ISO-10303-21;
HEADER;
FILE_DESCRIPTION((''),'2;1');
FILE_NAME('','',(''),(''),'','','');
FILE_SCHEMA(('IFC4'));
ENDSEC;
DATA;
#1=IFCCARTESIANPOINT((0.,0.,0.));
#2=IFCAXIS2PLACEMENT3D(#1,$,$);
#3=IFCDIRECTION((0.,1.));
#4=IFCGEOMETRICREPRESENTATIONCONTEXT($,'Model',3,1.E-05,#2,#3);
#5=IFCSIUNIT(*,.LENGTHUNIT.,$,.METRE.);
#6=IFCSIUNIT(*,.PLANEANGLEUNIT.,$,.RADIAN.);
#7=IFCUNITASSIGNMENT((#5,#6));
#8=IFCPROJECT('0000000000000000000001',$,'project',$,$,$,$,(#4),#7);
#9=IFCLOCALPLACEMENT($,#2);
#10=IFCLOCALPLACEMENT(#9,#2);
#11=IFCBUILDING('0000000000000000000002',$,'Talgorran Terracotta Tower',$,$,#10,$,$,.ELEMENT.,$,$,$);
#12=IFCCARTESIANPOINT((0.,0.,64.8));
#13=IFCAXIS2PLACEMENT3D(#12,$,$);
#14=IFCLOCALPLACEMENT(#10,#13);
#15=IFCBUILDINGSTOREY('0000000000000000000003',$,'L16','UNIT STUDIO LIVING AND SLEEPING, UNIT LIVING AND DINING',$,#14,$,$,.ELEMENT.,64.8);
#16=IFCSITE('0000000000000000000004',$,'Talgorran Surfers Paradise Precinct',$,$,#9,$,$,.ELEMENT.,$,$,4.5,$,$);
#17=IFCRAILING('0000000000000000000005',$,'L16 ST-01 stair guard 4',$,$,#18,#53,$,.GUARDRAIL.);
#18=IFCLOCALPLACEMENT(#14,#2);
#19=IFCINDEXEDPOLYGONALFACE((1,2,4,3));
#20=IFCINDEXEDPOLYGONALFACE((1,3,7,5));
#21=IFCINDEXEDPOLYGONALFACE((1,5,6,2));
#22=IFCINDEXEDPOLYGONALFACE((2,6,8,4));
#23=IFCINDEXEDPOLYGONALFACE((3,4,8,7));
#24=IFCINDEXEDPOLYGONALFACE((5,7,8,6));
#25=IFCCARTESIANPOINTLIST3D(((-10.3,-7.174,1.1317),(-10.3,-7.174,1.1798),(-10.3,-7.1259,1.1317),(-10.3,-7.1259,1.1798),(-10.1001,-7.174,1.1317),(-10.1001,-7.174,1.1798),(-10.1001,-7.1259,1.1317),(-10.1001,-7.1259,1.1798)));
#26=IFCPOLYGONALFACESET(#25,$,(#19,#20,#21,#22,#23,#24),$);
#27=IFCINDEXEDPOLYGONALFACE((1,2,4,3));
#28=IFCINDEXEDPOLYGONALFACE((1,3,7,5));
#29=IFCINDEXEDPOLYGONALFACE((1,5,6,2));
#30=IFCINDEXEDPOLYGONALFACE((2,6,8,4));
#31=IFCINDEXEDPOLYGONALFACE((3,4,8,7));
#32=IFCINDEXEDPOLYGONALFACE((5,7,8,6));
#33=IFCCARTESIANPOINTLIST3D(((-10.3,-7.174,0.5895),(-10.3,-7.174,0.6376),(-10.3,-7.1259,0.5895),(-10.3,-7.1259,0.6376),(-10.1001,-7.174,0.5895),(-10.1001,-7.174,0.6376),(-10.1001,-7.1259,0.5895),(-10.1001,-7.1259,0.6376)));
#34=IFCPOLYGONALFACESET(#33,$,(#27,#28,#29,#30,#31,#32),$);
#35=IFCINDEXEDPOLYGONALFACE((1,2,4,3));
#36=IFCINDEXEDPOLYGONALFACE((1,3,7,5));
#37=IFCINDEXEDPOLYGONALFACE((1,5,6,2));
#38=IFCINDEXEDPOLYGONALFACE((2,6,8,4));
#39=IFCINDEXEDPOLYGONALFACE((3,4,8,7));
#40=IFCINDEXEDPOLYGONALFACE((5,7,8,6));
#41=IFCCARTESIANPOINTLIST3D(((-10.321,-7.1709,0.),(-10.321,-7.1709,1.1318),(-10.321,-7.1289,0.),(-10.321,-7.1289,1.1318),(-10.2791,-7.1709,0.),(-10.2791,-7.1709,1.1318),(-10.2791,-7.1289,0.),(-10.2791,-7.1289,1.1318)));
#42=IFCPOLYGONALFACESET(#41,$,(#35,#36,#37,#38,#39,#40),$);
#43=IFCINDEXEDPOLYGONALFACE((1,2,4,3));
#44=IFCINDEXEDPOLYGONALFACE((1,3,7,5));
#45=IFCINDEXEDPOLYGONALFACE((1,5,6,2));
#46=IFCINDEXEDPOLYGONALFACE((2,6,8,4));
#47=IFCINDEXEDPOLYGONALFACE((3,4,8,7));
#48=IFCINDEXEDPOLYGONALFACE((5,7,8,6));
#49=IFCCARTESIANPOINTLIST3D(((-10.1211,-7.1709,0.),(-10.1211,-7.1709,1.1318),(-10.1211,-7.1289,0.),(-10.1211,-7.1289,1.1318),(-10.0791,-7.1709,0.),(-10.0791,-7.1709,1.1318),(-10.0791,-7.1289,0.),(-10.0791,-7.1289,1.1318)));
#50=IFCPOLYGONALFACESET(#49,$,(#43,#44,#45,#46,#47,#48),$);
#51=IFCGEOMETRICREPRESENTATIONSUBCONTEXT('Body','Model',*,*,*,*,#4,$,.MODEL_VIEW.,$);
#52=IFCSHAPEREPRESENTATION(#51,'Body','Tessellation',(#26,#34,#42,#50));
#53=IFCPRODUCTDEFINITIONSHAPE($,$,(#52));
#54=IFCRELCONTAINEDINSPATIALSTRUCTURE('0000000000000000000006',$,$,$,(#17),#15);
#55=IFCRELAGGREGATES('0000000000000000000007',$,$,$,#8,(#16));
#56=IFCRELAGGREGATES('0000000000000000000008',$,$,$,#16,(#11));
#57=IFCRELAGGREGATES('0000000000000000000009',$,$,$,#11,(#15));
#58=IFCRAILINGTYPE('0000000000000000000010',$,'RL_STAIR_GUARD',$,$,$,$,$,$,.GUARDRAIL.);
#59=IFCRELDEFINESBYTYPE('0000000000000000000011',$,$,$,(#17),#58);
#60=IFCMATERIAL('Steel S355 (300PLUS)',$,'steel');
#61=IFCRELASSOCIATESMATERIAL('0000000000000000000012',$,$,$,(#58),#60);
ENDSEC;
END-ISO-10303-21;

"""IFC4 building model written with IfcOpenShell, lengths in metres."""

from ifc_helpers import new_model, si_unit, direction, frame, origin, origin_2d, place, context, subcontext, project, spatial, rectangle, extrude, material, type_object, element, save


model = new_model("IFC4")

# Units and contexts
model_context = context("Model", 3, precision=1e-05, world=origin(), true_north=direction((0.0, 1.0)))
body_context = subcontext(model_context, "Body", "Model", "MODEL_VIEW")
ifc_project = project(units=[si_unit("LENGTHUNIT", "METRE"), si_unit("PLANEANGLEUNIT", "RADIAN")], contexts=[model_context])

# Site, building, storey
site_placement = place(None, origin())
site = spatial("IfcSite", under=ifc_project, at=site_placement, Name="Talgorran Surfers Paradise Precinct", CompositionType="ELEMENT", RefElevation=4.5)
building_placement = place(site_placement, origin())
building = spatial("IfcBuilding", under=site, at=building_placement, Name="Talgorran Terracotta Tower", CompositionType="ELEMENT")
storey_placement = place(building_placement, frame((0.0, 0.0, 64.8)))
storey = spatial("IfcBuildingStorey", under=building, at=storey_placement, Name="L16", Description="UNIT STUDIO LIVING AND SLEEPING, UNIT LIVING AND DINING", CompositionType="ELEMENT", Elevation=64.8)

# Railing
ifc_material_1 = material(Name="Steel S355 (300PLUS)", Category="steel")
railing_type_1 = type_object("IfcRailingType", Name="RL_STAIR_GUARD", PredefinedType="GUARDRAIL", material=ifc_material_1)
railing_1_placement = place(storey_placement, frame((-10.3, -7.1499, 0.0)))
element("IfcRailing", 1, at=railing_1_placement, inside=storey, type_object=railing_type_1, Name="L16 ST-01 stair guard 4", PredefinedType="GUARDRAIL", context=body_context, shape_type="SweptSolid", body=[
    extrude(rectangle(XDim=0.0481, YDim=0.0481, at=origin_2d()), frame((0.0, 0.0, 1.1558), z_axis=(1.0, 0.0, 0.0), x_axis=(0.0, 1.0, 0.0)), (0.0, 0.0, 1.0), 0.2),
    extrude(rectangle(XDim=0.0481, YDim=0.0481, at=origin_2d()), frame((0.0, 0.0, 0.6135), z_axis=(1.0, 0.0, 0.0), x_axis=(0.0, 1.0, 0.0)), (0.0, 0.0, 1.0), 0.2),
    extrude(rectangle(XDim=0.042, YDim=0.042, at=origin_2d()), origin(), (0.0, 0.0, 1.0), 1.1318),
    extrude(rectangle(XDim=0.042, YDim=0.042, at=origin_2d()), frame((0.2, 0.0, 0.0)), (0.0, 0.0, 1.0), 1.1318),
])

save(model, "model.ifc")
